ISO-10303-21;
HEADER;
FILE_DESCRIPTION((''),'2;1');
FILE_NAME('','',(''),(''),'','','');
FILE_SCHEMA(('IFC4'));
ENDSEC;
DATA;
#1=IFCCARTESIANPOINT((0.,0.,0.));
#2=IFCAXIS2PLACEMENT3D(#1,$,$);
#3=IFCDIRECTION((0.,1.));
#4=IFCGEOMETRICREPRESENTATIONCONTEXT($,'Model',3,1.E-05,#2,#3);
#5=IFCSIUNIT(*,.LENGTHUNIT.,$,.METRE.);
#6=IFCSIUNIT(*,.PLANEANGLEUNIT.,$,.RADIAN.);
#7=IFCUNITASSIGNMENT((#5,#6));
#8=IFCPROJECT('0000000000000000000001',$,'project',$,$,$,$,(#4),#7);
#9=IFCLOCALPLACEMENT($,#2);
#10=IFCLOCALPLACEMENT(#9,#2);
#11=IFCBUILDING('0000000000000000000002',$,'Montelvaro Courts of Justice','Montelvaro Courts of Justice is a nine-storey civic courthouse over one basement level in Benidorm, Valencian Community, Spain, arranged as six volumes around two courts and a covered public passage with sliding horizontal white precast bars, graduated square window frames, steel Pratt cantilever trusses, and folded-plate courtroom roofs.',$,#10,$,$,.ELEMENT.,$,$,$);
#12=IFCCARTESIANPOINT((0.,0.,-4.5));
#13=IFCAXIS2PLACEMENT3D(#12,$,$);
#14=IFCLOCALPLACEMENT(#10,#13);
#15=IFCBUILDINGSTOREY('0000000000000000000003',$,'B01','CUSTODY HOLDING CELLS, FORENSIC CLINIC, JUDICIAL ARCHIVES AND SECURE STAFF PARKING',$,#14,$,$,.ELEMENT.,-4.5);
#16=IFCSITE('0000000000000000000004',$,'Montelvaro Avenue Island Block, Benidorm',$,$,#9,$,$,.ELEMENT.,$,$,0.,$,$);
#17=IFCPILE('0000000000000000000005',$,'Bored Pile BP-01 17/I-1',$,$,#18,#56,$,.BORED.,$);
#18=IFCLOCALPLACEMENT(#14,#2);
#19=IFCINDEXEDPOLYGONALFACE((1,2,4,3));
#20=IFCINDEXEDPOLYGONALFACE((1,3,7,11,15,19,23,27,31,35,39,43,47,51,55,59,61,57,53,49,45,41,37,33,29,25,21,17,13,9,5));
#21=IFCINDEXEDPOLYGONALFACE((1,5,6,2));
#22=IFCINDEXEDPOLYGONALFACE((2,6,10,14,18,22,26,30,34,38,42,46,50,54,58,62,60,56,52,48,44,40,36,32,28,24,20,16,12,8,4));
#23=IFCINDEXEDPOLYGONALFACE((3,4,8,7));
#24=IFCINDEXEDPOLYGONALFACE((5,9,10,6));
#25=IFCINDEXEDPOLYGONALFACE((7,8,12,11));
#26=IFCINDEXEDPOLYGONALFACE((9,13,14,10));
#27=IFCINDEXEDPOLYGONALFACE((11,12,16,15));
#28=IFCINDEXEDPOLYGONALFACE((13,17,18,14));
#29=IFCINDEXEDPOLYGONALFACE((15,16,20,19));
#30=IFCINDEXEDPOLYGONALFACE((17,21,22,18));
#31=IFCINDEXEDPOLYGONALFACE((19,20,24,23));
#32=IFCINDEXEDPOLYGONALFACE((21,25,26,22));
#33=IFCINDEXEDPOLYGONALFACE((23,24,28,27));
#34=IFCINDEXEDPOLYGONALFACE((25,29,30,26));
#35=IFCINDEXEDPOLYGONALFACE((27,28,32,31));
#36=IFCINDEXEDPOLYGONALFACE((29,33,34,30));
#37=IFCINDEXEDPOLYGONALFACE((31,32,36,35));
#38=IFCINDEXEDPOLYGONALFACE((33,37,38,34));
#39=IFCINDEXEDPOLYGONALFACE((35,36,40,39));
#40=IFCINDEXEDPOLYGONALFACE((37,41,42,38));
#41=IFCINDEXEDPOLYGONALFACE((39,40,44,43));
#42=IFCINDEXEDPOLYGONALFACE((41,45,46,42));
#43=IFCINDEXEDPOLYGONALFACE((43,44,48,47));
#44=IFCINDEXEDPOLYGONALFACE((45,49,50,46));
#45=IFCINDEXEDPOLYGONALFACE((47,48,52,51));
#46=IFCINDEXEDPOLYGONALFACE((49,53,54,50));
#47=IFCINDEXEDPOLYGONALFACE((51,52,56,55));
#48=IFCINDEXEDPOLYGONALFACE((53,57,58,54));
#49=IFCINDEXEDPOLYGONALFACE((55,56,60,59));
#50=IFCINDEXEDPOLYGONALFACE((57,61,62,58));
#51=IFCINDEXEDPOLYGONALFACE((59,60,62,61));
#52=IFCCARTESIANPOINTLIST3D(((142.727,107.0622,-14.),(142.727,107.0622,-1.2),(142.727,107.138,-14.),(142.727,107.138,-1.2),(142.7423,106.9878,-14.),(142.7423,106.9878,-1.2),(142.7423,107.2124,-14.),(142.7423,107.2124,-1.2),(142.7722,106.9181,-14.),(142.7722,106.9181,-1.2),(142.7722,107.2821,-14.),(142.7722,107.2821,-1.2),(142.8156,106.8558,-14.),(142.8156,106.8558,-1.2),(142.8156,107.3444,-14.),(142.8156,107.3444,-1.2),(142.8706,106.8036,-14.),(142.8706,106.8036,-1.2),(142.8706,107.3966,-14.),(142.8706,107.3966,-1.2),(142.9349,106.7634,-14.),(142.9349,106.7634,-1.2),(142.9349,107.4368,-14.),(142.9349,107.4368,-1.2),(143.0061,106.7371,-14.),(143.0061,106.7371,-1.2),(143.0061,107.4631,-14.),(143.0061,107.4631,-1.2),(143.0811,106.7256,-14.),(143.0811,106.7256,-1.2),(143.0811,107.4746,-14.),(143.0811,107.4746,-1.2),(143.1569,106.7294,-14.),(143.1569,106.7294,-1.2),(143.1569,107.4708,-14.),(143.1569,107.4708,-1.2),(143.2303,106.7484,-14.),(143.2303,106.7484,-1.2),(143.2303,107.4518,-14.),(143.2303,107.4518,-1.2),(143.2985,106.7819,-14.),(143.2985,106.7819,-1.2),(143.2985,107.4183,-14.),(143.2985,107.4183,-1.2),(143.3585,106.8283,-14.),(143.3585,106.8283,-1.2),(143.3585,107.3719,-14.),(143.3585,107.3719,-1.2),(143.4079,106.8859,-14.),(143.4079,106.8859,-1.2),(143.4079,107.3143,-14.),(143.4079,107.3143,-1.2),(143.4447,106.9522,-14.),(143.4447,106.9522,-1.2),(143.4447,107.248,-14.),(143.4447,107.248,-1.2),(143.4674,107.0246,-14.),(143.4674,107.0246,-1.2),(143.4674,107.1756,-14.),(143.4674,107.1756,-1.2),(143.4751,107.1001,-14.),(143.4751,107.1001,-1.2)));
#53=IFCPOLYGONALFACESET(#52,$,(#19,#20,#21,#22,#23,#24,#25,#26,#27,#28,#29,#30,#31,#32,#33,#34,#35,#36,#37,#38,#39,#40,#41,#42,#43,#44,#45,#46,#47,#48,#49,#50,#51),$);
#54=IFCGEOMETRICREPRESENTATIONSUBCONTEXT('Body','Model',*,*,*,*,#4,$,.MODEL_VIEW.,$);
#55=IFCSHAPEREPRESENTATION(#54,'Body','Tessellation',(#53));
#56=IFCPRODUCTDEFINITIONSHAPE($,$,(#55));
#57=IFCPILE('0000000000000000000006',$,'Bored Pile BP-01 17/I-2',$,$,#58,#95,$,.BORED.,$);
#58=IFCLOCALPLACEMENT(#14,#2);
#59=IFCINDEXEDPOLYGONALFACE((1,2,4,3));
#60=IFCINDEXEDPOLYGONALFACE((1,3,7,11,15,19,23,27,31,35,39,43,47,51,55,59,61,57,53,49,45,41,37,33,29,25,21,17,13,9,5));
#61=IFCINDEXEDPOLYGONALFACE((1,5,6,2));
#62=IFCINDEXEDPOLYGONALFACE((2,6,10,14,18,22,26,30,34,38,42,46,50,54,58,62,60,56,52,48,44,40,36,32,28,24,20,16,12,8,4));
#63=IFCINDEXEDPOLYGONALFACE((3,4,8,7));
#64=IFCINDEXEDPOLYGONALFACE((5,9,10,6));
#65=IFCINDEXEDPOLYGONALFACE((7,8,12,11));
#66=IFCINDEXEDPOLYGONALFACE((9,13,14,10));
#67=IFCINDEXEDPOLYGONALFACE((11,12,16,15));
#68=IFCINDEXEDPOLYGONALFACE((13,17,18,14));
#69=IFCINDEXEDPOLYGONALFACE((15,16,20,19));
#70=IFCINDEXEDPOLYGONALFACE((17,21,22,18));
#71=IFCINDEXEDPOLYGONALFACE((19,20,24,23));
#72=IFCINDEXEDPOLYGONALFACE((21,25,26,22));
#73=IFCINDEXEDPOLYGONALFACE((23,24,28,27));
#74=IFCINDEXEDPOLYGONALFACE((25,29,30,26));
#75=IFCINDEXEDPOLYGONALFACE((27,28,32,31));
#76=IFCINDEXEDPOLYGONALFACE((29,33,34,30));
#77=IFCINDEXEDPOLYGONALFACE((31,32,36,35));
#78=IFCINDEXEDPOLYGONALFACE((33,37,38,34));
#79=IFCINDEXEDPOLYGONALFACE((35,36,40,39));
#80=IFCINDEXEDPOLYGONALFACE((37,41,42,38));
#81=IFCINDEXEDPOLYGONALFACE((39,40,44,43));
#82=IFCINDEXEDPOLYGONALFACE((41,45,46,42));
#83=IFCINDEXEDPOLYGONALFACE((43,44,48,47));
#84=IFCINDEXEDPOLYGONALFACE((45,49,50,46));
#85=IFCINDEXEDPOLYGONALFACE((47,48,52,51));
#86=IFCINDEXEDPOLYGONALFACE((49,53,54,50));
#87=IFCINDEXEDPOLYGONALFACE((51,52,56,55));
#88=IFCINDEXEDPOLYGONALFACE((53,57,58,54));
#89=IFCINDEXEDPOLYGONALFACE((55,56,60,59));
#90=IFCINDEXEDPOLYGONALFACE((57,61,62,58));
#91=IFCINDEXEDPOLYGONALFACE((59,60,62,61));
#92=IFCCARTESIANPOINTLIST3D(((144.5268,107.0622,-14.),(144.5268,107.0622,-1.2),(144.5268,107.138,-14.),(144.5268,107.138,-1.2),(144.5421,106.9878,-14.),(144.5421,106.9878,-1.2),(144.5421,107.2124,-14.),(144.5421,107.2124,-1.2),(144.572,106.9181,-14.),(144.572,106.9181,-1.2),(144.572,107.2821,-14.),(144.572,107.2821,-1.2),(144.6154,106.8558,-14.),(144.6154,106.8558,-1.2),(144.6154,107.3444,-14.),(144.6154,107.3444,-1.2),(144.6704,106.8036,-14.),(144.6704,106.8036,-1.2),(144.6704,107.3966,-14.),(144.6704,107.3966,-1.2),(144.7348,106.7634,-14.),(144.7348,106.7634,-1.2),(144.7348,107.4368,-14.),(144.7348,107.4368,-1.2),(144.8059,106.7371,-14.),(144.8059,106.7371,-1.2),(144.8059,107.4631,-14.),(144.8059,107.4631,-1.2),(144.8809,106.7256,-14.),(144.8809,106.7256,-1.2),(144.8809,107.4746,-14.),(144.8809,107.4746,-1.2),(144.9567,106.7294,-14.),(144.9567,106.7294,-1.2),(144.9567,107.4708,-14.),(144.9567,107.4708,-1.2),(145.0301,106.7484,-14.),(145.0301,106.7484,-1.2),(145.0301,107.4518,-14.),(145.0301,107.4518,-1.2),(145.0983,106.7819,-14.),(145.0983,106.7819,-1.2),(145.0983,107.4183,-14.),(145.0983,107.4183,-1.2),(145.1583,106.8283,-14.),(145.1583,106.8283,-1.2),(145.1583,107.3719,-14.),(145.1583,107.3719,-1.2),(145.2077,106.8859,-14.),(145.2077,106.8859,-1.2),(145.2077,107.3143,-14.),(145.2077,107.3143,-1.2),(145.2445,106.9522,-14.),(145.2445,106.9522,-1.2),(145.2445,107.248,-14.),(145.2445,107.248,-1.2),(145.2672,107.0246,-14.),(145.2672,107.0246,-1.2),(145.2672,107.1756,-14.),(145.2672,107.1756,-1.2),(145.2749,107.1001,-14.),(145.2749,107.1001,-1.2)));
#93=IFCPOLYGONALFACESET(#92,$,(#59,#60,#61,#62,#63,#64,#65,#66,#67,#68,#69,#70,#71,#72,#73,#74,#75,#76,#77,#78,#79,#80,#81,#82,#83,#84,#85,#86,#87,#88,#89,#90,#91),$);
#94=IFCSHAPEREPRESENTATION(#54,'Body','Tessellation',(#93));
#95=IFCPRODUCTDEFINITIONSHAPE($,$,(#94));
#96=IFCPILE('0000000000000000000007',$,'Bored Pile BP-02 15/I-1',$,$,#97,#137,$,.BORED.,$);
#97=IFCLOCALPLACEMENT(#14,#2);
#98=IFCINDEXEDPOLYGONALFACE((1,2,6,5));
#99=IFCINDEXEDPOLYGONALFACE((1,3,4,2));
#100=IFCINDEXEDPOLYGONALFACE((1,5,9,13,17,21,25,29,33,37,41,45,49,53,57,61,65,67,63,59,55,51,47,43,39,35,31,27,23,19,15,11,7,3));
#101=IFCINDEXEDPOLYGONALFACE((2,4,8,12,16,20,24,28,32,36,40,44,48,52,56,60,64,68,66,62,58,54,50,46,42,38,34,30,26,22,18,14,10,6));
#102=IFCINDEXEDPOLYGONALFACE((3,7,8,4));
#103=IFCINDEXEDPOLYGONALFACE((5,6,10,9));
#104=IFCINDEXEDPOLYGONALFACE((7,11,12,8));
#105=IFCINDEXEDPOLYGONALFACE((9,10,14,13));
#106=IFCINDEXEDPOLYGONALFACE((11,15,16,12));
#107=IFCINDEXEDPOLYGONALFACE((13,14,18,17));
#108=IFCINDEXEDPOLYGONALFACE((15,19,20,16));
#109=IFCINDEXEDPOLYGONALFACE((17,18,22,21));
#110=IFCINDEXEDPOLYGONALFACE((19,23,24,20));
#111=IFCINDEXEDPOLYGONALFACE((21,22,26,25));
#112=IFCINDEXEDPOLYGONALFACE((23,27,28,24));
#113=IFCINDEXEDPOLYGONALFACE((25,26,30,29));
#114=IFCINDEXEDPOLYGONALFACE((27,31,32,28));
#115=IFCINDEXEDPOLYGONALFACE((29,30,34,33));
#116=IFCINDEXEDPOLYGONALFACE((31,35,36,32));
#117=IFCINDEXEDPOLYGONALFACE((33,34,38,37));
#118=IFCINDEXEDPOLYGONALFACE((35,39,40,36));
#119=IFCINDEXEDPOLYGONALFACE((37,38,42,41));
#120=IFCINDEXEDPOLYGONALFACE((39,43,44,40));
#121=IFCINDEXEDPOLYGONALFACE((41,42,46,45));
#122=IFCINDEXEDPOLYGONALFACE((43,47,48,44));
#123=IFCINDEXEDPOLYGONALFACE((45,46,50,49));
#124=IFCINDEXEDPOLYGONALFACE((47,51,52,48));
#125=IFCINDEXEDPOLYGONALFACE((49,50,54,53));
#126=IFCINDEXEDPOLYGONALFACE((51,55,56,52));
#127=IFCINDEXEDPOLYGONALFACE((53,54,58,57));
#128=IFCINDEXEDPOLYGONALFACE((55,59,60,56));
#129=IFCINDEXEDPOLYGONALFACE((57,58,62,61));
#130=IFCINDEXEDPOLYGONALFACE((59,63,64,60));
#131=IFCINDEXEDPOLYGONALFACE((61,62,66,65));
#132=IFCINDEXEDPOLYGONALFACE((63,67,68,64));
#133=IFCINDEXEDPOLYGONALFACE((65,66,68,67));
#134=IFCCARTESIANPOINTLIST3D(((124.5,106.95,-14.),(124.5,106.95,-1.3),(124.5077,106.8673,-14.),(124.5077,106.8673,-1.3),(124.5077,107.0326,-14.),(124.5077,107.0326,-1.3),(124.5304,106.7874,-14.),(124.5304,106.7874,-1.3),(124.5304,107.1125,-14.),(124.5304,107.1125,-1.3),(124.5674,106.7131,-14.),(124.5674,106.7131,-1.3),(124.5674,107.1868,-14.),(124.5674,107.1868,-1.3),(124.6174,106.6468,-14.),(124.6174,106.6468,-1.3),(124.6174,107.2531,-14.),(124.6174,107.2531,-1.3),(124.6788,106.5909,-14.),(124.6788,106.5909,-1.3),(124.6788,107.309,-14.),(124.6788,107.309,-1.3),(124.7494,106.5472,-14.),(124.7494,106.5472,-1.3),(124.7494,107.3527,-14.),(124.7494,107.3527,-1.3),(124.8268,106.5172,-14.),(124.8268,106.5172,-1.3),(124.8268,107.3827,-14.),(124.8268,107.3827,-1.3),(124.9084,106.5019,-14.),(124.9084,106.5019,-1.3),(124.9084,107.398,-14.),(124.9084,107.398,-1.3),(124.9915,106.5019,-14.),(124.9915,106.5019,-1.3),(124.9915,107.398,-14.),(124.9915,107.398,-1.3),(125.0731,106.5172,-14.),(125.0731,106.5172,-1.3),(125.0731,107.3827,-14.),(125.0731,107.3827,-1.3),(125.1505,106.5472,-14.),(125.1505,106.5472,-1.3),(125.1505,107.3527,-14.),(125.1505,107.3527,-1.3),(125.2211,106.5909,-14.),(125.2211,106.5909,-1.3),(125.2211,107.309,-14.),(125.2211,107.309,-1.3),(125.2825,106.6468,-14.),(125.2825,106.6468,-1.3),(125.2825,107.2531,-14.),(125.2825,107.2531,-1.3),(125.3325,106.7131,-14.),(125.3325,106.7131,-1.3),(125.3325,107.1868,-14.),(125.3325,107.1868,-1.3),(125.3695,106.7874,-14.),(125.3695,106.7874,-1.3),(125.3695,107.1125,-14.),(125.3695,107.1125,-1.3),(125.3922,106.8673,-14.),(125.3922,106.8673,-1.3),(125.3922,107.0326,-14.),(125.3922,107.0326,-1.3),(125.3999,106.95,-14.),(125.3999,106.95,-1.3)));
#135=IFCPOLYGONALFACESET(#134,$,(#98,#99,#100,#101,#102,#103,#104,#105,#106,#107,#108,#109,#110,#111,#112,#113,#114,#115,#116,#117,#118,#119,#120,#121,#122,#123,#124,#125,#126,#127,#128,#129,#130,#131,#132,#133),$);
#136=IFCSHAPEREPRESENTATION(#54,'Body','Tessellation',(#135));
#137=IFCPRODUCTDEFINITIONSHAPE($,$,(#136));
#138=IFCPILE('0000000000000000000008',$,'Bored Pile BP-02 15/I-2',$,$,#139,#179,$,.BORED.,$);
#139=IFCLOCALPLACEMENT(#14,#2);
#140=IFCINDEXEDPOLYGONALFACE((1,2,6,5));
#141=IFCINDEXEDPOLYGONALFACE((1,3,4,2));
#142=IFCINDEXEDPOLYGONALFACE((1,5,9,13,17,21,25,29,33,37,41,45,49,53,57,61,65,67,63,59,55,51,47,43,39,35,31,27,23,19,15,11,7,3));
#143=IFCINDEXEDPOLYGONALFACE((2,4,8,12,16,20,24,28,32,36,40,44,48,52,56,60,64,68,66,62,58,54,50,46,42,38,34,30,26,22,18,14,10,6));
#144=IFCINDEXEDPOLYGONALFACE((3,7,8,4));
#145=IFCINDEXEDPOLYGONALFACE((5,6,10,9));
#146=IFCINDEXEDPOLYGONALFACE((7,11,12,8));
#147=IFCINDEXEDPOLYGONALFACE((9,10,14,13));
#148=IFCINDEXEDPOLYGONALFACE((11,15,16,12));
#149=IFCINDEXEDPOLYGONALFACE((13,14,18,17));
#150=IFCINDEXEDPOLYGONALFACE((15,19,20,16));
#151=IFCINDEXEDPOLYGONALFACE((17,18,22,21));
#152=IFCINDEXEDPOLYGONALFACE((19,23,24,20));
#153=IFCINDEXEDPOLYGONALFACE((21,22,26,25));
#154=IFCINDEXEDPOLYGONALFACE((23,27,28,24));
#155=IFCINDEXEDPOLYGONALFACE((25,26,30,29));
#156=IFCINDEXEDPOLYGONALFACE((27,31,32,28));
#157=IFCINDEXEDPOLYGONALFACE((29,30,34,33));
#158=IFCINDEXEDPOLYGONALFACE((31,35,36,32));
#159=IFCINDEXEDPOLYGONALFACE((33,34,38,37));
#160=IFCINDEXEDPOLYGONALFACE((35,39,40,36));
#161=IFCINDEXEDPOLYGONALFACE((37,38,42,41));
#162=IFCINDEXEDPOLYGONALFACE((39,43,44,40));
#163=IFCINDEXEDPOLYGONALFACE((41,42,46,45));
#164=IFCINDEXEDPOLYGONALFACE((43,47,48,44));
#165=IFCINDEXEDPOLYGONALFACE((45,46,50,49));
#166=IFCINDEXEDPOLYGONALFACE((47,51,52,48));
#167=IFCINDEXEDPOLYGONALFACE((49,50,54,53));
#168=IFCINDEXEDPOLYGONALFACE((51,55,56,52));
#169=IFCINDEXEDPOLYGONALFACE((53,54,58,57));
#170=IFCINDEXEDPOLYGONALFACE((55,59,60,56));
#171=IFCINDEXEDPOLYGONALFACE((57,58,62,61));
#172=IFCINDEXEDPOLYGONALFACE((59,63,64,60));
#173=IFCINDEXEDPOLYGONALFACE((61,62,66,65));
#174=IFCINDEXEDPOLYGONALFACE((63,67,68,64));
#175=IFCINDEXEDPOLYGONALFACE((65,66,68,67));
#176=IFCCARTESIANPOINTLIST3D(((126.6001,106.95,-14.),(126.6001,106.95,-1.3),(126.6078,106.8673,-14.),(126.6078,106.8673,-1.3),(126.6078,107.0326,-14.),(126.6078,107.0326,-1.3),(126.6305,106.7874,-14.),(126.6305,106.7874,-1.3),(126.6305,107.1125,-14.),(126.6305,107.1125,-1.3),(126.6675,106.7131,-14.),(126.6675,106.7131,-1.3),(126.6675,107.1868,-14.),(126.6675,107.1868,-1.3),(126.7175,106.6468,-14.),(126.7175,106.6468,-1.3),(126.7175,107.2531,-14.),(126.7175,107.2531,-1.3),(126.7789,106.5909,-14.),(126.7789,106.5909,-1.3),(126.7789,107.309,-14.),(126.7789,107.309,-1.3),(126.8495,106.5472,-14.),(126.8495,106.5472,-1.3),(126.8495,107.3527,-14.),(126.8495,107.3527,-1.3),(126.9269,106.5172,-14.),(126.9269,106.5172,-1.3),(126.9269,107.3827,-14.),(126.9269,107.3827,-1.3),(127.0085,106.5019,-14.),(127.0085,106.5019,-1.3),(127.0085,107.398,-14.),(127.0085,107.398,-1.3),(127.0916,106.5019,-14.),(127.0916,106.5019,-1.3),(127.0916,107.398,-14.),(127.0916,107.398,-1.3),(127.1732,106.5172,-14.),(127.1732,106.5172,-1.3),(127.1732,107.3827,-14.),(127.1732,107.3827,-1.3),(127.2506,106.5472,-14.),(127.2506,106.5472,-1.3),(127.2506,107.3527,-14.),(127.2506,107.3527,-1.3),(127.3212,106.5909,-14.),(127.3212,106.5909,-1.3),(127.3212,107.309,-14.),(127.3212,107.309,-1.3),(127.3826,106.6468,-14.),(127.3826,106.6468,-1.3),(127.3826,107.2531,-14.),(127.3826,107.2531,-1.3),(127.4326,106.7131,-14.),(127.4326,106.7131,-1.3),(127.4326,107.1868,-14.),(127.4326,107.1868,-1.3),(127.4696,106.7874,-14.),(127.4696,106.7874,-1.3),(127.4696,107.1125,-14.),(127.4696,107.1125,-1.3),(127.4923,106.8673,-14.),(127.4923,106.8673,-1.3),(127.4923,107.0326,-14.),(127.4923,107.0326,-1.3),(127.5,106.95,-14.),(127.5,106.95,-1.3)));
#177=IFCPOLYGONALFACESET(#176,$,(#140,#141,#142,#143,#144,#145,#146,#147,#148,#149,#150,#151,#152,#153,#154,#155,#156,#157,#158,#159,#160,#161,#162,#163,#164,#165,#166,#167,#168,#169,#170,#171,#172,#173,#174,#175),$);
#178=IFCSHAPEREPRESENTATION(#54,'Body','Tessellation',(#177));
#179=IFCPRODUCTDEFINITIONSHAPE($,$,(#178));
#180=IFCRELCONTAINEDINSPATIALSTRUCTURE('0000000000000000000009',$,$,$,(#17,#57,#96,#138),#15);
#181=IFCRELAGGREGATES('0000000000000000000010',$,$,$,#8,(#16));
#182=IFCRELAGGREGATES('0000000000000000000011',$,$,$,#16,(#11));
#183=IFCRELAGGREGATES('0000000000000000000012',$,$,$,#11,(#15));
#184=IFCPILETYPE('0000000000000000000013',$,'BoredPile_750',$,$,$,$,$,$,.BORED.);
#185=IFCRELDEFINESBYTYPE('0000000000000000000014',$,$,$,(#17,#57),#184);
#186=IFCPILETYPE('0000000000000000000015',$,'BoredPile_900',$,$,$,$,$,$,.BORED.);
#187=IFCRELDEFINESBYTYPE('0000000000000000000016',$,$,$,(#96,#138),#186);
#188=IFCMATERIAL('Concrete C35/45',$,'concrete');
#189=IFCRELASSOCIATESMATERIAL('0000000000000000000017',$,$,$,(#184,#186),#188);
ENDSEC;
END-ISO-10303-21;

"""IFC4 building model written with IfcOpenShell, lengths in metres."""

from ifc_helpers import new_model, si_unit, direction, frame, origin, origin_2d, place, context, subcontext, project, spatial, circle, extrude, material, material_profile, profile_set, type_object, element, save


model = new_model("IFC4")

# Units and contexts
model_context = context("Model", 3, precision=1e-05, world=origin(), true_north=direction((0.0, 1.0)))
body_context = subcontext(model_context, "Body", "Model", "MODEL_VIEW")
ifc_project = project(units=[si_unit("LENGTHUNIT", "METRE"), si_unit("PLANEANGLEUNIT", "RADIAN")], contexts=[model_context])

# Site, building, storey
site_placement = place(None, origin())
site = spatial("IfcSite", under=ifc_project, at=site_placement, Name="Montelvaro Avenue Island Block, Benidorm", CompositionType="ELEMENT", RefElevation=0.0)
building_placement = place(site_placement, origin())
building = spatial("IfcBuilding", under=site, at=building_placement, Name="Montelvaro Courts of Justice", Description="Montelvaro Courts of Justice is a nine-storey civic courthouse over one basement level in Benidorm, Valencian Community, Spain, arranged as six volumes around two courts and a covered public passage with sliding horizontal white precast bars, graduated square window frames, steel Pratt cantilever trusses, and folded-plate courtroom roofs.", CompositionType="ELEMENT")
storey_placement = place(building_placement, frame((0.0, 0.0, -4.5)))
storey = spatial("IfcBuildingStorey", under=building, at=storey_placement, Name="B01", Description="CUSTODY HOLDING CELLS, FORENSIC CLINIC, JUDICIAL ARCHIVES AND SECURE STAFF PARKING", CompositionType="ELEMENT", Elevation=-4.5)

# Piles
ifc_material_1 = material(Name="Concrete C35/45", Category="concrete")
ifc_material_profile_1 = material_profile(ifc_material_1, circle(Radius=0.375, at=origin_2d()), Name="BORED PILE D750")
ifc_profile_set_1 = profile_set([ifc_material_profile_1], Name="Concrete C35/45")
pile_type_1 = type_object("IfcPileType", Name="BoredPile_750", PredefinedType="BORED", material=ifc_profile_set_1)
for number, where, z_axis, x_axis, name in (
    (1, (143.1001, 107.1001, -1.2), (0.0, 0.0, -1.0), (1.0, 0.0, 0.0), "Bored Pile BP-01 17/I-1"),
    (2, (144.8999, 107.1001, -1.2), (0.0, 0.0, -1.0), (1.0, 0.0, 0.0), "Bored Pile BP-01 17/I-2"),
):
    element("IfcPile", number, at=place(storey_placement, frame(where, z_axis=z_axis, x_axis=x_axis)), inside=storey, type_object=pile_type_1, Name=name, PredefinedType="BORED", context=body_context, shape_type="SweptSolid", body=[
        extrude(circle(Radius=0.375, at=origin_2d()), origin(), (0.0, 0.0, 1.0), 12.8),
    ])
ifc_material_profile_2 = material_profile(ifc_material_1, circle(Radius=0.45, at=origin_2d()), Name="BORED PILE D900")
ifc_profile_set_2 = profile_set([ifc_material_profile_2], Name="Concrete C35/45")
pile_type_2 = type_object("IfcPileType", Name="BoredPile_900", PredefinedType="BORED", material=ifc_profile_set_2)
for number, where, z_axis, x_axis, name in (
    (3, (124.95, 106.95, -1.3), (0.0, 0.0, -1.0), (1.0, 0.0, 0.0), "Bored Pile BP-02 15/I-1"),
    (4, (127.05, 106.95, -1.3), (0.0, 0.0, -1.0), (1.0, 0.0, 0.0), "Bored Pile BP-02 15/I-2"),
):
    element("IfcPile", number, at=place(storey_placement, frame(where, z_axis=z_axis, x_axis=x_axis)), inside=storey, type_object=pile_type_2, Name=name, PredefinedType="BORED", context=body_context, shape_type="SweptSolid", body=[
        extrude(circle(Radius=0.45, at=origin_2d()), origin(), (0.0, 0.0, 1.0), 12.7),
    ])

save(model, "model.ifc")
